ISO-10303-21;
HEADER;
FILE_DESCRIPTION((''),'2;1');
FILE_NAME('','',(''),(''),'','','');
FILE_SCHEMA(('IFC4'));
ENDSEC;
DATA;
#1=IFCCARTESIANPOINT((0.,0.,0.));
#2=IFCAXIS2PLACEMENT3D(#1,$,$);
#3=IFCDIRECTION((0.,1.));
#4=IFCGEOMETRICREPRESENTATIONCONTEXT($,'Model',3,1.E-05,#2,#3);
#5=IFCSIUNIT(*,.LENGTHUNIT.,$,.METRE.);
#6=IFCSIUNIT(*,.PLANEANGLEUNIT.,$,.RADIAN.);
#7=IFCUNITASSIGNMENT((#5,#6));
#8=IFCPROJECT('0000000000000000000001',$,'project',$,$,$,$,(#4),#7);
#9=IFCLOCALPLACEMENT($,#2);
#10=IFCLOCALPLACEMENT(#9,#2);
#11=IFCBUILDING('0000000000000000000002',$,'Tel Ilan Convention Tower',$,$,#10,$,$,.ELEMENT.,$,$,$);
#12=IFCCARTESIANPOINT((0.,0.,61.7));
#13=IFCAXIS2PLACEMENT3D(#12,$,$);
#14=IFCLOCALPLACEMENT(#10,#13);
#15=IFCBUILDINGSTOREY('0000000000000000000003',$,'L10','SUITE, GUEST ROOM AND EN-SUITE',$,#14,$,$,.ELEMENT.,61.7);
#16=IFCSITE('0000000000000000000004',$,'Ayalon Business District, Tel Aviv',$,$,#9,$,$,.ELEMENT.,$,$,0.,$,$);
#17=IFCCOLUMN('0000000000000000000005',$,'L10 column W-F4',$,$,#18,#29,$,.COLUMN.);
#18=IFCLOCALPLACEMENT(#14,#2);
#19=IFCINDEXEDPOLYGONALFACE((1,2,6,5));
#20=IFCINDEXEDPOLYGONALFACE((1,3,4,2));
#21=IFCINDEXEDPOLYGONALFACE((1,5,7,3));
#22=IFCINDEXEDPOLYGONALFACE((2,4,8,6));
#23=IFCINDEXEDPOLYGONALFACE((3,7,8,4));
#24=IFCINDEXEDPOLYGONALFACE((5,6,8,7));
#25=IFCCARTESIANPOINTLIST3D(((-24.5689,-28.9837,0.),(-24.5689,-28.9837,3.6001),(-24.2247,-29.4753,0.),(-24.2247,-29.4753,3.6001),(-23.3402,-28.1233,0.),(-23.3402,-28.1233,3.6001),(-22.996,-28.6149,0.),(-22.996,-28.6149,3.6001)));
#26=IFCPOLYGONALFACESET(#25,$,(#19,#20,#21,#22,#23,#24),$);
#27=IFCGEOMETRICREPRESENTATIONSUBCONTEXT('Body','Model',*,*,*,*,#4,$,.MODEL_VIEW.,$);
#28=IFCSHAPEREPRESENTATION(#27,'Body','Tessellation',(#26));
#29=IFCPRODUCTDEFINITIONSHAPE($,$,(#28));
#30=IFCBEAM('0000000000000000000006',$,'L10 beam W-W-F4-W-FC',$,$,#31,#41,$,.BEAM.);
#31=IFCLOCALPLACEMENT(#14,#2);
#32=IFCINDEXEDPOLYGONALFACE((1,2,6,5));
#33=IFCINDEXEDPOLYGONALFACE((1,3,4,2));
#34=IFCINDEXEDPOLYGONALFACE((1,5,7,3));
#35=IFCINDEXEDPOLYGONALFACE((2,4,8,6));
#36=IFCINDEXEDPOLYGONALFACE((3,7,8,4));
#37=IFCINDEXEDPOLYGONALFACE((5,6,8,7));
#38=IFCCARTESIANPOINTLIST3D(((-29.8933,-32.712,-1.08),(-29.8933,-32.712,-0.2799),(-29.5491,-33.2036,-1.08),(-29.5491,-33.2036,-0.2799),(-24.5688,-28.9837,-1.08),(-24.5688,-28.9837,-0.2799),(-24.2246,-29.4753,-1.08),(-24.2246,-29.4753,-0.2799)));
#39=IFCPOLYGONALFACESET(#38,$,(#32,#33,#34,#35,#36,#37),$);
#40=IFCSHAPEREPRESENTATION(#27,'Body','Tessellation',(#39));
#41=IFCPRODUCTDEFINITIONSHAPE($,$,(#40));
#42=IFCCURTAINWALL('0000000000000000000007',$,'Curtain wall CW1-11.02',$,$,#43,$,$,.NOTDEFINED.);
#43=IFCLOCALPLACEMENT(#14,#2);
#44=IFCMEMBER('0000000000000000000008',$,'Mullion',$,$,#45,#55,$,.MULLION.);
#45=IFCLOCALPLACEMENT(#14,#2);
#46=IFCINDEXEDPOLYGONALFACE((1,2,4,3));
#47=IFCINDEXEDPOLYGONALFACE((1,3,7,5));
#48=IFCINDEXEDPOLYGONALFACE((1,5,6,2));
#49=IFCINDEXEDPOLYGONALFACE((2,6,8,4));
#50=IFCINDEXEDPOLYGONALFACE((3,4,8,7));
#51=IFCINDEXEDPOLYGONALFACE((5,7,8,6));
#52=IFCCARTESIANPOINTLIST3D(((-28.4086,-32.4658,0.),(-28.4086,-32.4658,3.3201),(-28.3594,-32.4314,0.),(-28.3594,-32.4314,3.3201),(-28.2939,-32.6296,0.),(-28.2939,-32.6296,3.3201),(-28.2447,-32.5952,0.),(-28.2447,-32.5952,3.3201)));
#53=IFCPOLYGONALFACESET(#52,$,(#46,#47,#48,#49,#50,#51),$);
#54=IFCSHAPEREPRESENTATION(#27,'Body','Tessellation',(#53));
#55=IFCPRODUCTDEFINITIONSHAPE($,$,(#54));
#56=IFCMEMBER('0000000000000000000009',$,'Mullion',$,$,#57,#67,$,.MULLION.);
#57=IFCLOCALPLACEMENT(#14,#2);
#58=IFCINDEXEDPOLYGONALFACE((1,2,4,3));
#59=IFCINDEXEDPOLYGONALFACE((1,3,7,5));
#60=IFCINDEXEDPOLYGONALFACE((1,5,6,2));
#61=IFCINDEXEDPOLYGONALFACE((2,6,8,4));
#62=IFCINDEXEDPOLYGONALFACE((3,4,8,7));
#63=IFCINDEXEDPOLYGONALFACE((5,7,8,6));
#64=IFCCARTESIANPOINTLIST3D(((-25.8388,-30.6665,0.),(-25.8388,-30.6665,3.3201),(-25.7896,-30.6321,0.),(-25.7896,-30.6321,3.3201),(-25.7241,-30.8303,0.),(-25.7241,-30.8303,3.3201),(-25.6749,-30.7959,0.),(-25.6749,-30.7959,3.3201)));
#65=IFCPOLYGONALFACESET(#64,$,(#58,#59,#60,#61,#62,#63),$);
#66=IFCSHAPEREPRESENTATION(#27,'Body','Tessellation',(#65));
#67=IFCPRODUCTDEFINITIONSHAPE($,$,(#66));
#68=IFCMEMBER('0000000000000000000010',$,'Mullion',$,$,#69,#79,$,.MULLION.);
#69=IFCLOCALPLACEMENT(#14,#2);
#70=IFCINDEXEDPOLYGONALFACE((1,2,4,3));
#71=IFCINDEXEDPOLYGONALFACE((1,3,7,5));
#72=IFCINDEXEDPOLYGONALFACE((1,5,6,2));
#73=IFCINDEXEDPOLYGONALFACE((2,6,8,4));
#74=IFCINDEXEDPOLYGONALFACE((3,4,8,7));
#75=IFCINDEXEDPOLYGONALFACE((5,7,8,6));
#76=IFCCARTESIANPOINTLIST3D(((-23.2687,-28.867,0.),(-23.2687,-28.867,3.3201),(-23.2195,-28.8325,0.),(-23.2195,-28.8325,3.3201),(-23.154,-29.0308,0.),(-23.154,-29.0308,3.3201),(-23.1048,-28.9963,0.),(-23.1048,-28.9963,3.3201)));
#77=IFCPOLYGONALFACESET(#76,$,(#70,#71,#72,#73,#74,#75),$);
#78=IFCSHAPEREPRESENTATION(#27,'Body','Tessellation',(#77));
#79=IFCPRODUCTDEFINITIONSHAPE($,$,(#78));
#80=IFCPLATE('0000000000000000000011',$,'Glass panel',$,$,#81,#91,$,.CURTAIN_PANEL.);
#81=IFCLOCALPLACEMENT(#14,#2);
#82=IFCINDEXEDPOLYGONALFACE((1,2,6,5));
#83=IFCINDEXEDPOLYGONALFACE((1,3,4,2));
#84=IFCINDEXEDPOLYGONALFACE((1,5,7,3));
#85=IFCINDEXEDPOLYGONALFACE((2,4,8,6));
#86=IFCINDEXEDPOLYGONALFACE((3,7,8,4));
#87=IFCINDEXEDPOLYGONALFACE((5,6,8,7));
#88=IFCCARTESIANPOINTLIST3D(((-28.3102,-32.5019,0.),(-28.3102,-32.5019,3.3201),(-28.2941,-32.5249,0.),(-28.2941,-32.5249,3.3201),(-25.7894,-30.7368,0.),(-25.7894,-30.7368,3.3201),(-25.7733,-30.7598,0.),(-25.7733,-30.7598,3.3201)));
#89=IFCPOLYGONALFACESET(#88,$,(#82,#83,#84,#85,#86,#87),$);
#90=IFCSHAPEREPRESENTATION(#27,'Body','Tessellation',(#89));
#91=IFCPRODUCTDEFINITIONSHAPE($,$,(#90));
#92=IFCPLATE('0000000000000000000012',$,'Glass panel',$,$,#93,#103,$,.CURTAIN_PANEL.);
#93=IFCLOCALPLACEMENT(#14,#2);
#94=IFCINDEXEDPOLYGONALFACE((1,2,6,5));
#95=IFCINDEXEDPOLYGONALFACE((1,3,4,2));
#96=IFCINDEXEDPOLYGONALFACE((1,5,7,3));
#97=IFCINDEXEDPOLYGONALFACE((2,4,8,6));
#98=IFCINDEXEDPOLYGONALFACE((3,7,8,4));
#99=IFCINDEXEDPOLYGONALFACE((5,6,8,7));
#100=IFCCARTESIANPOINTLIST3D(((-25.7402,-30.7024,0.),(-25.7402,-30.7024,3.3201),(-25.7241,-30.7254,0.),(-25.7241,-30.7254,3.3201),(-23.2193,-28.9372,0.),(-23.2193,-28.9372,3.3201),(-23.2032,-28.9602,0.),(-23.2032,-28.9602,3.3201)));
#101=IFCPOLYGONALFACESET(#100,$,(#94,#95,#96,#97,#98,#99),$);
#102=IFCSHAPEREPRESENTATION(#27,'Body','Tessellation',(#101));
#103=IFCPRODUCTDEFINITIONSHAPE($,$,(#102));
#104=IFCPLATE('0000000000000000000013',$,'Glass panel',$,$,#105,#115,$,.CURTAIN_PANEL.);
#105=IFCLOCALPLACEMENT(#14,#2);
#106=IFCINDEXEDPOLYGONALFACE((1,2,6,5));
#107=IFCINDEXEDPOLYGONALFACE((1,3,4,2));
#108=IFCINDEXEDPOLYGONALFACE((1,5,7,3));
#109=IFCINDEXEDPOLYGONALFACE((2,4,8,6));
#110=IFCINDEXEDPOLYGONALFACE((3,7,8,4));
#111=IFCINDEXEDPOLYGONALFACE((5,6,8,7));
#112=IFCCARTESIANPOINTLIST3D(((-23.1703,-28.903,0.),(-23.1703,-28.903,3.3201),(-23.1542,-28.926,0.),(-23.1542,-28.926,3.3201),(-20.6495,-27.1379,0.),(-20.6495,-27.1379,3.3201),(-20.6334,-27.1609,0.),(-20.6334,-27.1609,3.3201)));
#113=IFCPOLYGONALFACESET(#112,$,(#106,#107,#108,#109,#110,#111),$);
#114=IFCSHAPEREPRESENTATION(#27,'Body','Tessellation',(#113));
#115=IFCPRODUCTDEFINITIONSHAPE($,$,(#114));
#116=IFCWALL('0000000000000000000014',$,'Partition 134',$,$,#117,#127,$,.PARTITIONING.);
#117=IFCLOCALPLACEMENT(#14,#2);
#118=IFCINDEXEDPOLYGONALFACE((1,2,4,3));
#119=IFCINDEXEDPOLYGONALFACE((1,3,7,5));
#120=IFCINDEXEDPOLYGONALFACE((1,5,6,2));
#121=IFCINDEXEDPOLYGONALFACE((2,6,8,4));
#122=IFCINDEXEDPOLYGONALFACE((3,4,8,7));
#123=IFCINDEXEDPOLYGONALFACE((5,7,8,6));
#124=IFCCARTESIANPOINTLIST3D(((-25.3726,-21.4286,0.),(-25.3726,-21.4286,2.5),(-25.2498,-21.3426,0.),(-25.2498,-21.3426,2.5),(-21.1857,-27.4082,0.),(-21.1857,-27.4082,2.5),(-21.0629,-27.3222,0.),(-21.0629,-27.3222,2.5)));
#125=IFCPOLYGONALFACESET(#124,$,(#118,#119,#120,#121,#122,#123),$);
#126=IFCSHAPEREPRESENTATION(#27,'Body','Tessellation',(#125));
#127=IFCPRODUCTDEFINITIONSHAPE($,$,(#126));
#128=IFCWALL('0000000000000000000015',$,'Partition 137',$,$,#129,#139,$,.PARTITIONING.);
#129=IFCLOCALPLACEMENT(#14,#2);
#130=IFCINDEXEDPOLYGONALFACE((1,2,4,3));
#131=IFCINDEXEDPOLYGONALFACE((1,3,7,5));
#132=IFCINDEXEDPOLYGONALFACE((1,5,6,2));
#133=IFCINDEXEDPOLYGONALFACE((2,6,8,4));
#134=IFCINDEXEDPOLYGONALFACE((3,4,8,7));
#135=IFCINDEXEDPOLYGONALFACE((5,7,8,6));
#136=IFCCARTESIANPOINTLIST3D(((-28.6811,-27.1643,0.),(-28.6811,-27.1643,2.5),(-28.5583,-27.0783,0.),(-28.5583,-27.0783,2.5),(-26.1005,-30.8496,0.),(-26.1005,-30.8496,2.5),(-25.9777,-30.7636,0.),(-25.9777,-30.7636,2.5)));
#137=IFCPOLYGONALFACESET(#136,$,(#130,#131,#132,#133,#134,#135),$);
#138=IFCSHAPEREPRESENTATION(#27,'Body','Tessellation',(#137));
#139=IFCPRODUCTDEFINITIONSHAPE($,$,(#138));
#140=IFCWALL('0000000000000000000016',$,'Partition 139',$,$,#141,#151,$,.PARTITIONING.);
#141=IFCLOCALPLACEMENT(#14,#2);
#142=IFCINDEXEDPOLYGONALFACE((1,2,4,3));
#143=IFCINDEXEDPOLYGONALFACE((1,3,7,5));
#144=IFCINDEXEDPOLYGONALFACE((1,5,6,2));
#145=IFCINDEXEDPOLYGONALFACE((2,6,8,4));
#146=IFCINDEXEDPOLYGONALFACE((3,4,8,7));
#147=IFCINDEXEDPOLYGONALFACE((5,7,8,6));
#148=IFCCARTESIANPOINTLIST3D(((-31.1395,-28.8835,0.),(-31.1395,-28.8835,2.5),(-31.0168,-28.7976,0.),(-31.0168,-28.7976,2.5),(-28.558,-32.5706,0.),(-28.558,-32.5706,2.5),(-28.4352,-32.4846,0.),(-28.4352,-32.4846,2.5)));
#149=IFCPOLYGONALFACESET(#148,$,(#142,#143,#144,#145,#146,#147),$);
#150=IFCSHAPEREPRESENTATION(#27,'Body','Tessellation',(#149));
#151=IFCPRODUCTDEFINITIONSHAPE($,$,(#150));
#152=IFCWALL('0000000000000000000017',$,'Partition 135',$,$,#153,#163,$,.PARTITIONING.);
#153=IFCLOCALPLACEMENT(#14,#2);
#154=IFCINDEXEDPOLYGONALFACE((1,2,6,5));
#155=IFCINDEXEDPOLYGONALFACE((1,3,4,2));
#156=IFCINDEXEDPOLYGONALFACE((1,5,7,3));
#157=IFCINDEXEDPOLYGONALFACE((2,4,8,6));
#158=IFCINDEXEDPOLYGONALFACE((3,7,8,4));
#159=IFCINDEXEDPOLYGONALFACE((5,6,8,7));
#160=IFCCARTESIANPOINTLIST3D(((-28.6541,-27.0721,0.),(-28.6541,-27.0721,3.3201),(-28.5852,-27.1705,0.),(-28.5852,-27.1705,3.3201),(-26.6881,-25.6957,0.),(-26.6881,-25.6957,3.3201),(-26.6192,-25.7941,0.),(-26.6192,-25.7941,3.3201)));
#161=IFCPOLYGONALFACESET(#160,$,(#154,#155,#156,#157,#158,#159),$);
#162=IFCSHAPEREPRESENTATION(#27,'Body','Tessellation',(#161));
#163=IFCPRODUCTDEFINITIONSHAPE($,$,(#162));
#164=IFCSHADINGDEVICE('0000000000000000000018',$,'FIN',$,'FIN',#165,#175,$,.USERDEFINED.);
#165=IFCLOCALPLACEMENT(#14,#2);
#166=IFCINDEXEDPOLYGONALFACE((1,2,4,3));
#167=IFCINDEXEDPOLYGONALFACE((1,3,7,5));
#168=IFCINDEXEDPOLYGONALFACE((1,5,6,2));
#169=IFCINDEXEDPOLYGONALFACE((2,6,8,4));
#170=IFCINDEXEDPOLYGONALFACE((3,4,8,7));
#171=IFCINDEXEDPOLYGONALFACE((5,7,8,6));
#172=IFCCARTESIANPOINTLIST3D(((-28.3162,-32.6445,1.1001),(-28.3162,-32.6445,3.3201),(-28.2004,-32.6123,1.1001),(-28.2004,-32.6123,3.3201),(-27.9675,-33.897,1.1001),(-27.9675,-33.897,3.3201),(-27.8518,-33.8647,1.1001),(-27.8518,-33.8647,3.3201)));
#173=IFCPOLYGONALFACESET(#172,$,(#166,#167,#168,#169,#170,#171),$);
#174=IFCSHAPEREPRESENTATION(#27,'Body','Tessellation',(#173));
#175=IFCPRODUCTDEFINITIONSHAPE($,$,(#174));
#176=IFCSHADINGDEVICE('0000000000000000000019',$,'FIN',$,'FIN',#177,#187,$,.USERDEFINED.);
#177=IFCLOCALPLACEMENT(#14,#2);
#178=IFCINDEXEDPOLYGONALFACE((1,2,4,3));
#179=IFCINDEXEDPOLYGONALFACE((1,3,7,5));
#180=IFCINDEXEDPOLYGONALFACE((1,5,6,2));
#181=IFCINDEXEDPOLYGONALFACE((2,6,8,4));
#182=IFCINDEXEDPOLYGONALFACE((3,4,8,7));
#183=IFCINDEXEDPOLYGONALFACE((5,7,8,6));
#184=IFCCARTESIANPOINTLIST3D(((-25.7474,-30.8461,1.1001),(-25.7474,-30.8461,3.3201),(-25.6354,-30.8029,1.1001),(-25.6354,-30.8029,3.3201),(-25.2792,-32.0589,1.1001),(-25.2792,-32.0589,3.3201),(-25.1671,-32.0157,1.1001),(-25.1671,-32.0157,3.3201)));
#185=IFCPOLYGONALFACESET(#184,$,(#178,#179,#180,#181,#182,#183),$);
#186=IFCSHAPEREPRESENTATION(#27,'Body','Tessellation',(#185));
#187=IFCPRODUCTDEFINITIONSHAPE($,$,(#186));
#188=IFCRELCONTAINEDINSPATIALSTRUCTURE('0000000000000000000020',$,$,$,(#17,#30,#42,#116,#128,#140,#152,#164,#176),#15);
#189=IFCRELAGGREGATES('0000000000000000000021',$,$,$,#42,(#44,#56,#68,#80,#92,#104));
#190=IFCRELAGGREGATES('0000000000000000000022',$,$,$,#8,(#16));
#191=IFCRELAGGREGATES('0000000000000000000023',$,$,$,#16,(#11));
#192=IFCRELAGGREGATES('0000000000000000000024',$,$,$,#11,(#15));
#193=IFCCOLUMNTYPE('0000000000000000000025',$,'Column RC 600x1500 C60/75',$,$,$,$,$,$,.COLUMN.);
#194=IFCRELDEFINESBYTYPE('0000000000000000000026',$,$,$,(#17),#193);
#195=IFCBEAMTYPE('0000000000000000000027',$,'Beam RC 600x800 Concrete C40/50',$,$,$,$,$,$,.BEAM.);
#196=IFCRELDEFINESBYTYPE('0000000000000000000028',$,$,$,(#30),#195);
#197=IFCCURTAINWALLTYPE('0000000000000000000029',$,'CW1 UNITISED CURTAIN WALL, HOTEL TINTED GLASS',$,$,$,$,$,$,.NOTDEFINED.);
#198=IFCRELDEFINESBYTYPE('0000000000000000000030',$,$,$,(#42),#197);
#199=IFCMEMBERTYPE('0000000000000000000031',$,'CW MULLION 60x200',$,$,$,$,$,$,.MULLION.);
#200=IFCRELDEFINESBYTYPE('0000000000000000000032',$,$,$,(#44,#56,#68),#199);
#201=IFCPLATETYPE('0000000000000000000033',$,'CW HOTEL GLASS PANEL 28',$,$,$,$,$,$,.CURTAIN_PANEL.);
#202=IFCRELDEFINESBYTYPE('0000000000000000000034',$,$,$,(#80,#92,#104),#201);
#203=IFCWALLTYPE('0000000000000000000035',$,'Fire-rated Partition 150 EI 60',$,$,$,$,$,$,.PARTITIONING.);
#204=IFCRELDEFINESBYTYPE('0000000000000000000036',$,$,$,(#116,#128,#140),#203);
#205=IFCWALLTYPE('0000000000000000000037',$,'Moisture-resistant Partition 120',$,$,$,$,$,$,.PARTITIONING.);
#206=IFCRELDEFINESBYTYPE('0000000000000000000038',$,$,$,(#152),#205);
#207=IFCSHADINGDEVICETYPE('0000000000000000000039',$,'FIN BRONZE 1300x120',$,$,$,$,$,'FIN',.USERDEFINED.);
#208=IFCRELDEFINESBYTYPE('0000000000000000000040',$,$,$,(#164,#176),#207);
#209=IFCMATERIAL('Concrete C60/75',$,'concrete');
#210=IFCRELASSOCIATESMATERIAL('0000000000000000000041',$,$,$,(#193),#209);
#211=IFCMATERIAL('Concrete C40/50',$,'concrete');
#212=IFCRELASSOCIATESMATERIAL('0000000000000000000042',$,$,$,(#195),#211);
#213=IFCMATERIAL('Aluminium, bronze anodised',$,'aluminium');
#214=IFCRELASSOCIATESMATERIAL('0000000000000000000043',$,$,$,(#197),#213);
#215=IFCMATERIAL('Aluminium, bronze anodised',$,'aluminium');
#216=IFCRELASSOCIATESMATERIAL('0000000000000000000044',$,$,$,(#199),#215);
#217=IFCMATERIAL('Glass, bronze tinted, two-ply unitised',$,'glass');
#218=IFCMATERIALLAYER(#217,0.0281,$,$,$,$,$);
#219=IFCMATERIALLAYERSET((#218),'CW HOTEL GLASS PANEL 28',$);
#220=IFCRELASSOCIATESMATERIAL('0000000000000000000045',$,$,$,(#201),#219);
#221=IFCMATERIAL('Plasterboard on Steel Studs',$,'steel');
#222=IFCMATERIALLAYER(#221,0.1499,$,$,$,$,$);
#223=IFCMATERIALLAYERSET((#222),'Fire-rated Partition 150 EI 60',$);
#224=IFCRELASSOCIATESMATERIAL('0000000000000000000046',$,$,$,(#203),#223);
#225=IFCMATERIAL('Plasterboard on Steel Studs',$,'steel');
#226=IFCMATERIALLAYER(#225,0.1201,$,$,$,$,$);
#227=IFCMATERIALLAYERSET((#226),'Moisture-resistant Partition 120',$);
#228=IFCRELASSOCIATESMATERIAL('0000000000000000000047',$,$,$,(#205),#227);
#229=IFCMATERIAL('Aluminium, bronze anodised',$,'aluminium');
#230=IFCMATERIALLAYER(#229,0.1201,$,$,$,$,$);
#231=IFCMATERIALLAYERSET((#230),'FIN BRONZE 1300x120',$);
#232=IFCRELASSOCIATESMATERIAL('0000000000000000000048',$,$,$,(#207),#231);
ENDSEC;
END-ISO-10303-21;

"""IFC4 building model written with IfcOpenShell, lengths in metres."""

from ifc_helpers import new_model, si_unit, direction, frame, frame_2d, origin, origin_2d, place, context, subcontext, project, spatial, rectangle, extrude, material, layer, layer_set, material_profile, profile_set, type_object, element, aggregate, save


model = new_model("IFC4")

# Units and contexts
model_context = context("Model", 3, precision=1e-05, world=origin(), true_north=direction((0.0, 1.0)))
body_context = subcontext(model_context, "Body", "Model", "MODEL_VIEW")
ifc_project = project(units=[si_unit("LENGTHUNIT", "METRE"), si_unit("PLANEANGLEUNIT", "RADIAN")], contexts=[model_context])

# Site, building, storey
site_placement = place(None, origin())
site = spatial("IfcSite", under=ifc_project, at=site_placement, Name="Ayalon Business District, Tel Aviv", CompositionType="ELEMENT", RefElevation=0.0)
building_placement = place(site_placement, origin())
building = spatial("IfcBuilding", under=site, at=building_placement, Name="Tel Ilan Convention Tower", CompositionType="ELEMENT")
storey_placement = place(building_placement, frame((0.0, 0.0, 61.7)))
storey = spatial("IfcBuildingStorey", under=building, at=storey_placement, Name="L10", Description="SUITE, GUEST ROOM AND EN-SUITE", CompositionType="ELEMENT", Elevation=61.7)

# Column
ifc_material_1 = material(Name="Concrete C60/75", Category="concrete")
ifc_material_profile_1 = material_profile(ifc_material_1, rectangle(XDim=1.5, YDim=0.6001, at=origin_2d()), Name="RC 600x1500")
ifc_profile_set_1 = profile_set([ifc_material_profile_1], Name="Concrete C60/75")
column_type = type_object("IfcColumnType", Name="Column RC 600x1500 C60/75", PredefinedType="COLUMN", material=ifc_profile_set_1)
column_placement = place(storey_placement, frame((-23.7825, -28.7993, 0.0), z_axis=(0.0, 0.0, 1.0), x_axis=(-0.819152, -0.573576, 0.0)))
element("IfcColumn", 1, at=column_placement, inside=storey, type_object=column_type, Name="L10 column W-F4", PredefinedType="COLUMN", context=body_context, shape_type="SweptSolid", body=[
    extrude(rectangle(XDim=1.5, YDim=0.6001, at=origin_2d()), origin(), (0.0, 0.0, 1.0), 3.6001),
])

# Beam
ifc_material_2 = material(Name="Concrete C40/50", Category="concrete")
ifc_material_profile_2 = material_profile(ifc_material_2, rectangle(XDim=0.6001, YDim=0.8, at=origin_2d()), Name="RC 600x800")
ifc_profile_set_2 = profile_set([ifc_material_profile_2], Name="Concrete C40/50")
beam_type = type_object("IfcBeamType", Name="Beam RC 600x800 Concrete C40/50", PredefinedType="BEAM", material=ifc_profile_set_2)
beam_placement = place(storey_placement, frame((-24.3967, -29.2295, -0.6799), z_axis=(-0.819149, -0.573581, 0.0), x_axis=(0.573581, -0.819149, 0.0)))
element("IfcBeam", 2, at=beam_placement, inside=storey, type_object=beam_type, Name="L10 beam W-W-F4-W-FC", PredefinedType="BEAM", context=body_context, shape_type="SweptSolid", body=[
    extrude(rectangle(XDim=0.6001, YDim=0.8, at=origin_2d()), origin(), (0.0, 0.0, 1.0), 6.5),
])

# Curtain wall, members, plates
ifc_material_3 = material(Name="Aluminium, bronze anodised", Category="aluminium")
curtain_wall_type = type_object("IfcCurtainWallType", Name="CW1 UNITISED CURTAIN WALL, HOTEL TINTED GLASS", PredefinedType="NOTDEFINED", material=ifc_material_3)
curtain_wall_placement = place(storey_placement, origin())
curtain_wall = element("IfcCurtainWall", 3, at=curtain_wall_placement, inside=storey, type_object=curtain_wall_type, Name="Curtain wall CW1-11.02", PredefinedType="NOTDEFINED")
ifc_material_4 = material(Name="Aluminium, bronze anodised", Category="aluminium")
ifc_material_profile_3 = material_profile(ifc_material_4, rectangle(XDim=0.0601, YDim=0.2, at=origin_2d()), Name="CW MULLION 60x200")
ifc_profile_set_3 = profile_set([ifc_material_profile_3], Name="Aluminium, bronze anodised")
member_type = type_object("IfcMemberType", Name="CW MULLION 60x200", PredefinedType="MULLION", material=ifc_profile_set_3)
member_1_placement = place(storey_placement, frame((-28.3267, -32.5305, 0.0), z_axis=(0.0, 0.0, 1.0), x_axis=(0.819152, 0.573576, 0.0)))
member_1 = element("IfcMember", 4, at=member_1_placement, type_object=member_type, Name="Mullion", PredefinedType="MULLION", context=body_context, shape_type="SweptSolid", body=[
    extrude(rectangle(XDim=0.0601, YDim=0.2, at=origin_2d()), origin(), (0.0, 0.0, 1.0), 3.3201),
])
member_2_placement = place(storey_placement, frame((-25.7568, -30.7312, 0.0), z_axis=(0.0, 0.0, 1.0), x_axis=(0.819152, 0.573576, 0.0)))
member_2 = element("IfcMember", 5, at=member_2_placement, type_object=member_type, Name="Mullion", PredefinedType="MULLION", context=body_context, shape_type="SweptSolid", body=[
    extrude(rectangle(XDim=0.0601, YDim=0.2, at=origin_2d()), origin(), (0.0, 0.0, 1.0), 3.3201),
])
member_3_placement = place(storey_placement, frame((-23.1868, -28.9316, 0.0), z_axis=(0.0, 0.0, 1.0), x_axis=(0.819152, 0.573576, 0.0)))
member_3 = element("IfcMember", 6, at=member_3_placement, type_object=member_type, Name="Mullion", PredefinedType="MULLION", context=body_context, shape_type="SweptSolid", body=[
    extrude(rectangle(XDim=0.0601, YDim=0.2, at=origin_2d()), origin(), (0.0, 0.0, 1.0), 3.3201),
])
ifc_material_5 = material(Name="Glass, bronze tinted, two-ply unitised", Category="glass")
ifc_layer_1 = layer(ifc_material_5, 0.0281)
ifc_layer_set_1 = layer_set([ifc_layer_1], Name="CW HOTEL GLASS PANEL 28")
plate_type = type_object("IfcPlateType", Name="CW HOTEL GLASS PANEL 28", PredefinedType="CURTAIN_PANEL", material=ifc_layer_set_1)
plate_1_placement = place(storey_placement, frame((-27.0417, -31.6309, 0.0), z_axis=(0.0, 0.0, 1.0), x_axis=(0.819152, 0.573576, 0.0)))
plate_1 = element("IfcPlate", 7, at=plate_1_placement, type_object=plate_type, Name="Glass panel", PredefinedType="CURTAIN_PANEL", context=body_context, shape_type="SweptSolid", body=[
    extrude(rectangle(XDim=3.0774, YDim=0.0281, at=origin_2d()), origin(), (0.0, 0.0, 1.0), 3.3201),
])
plate_2_placement = place(storey_placement, frame((-24.4717, -29.8313, 0.0), z_axis=(0.0, 0.0, 1.0), x_axis=(0.819152, 0.573576, 0.0)))
plate_2 = element("IfcPlate", 8, at=plate_2_placement, type_object=plate_type, Name="Glass panel", PredefinedType="CURTAIN_PANEL", context=body_context, shape_type="SweptSolid", body=[
    extrude(rectangle(XDim=3.0774, YDim=0.0281, at=origin_2d()), origin(), (0.0, 0.0, 1.0), 3.3201),
])
plate_3_placement = place(storey_placement, frame((-21.9019, -28.032, 0.0), z_axis=(0.0, 0.0, 1.0), x_axis=(0.819152, 0.573576, 0.0)))
plate_3 = element("IfcPlate", 9, at=plate_3_placement, type_object=plate_type, Name="Glass panel", PredefinedType="CURTAIN_PANEL", context=body_context, shape_type="SweptSolid", body=[
    extrude(rectangle(XDim=3.0774, YDim=0.0281, at=origin_2d()), origin(), (0.0, 0.0, 1.0), 3.3201),
])
aggregate(curtain_wall, [member_1, member_2, member_3, plate_1, plate_2, plate_3])

# Walls
ifc_material_6 = material(Name="Plasterboard on Steel Studs", Category="steel")
ifc_layer_2 = layer(ifc_material_6, 0.1499)
ifc_layer_set_2 = layer_set([ifc_layer_2], Name="Fire-rated Partition 150 EI 60")
wall_type_1 = type_object("IfcWallType", Name="Fire-rated Partition 150 EI 60", PredefinedType="PARTITIONING", material=ifc_layer_set_2)
wall_1_placement = place(storey_placement, frame((-21.1243, -27.3652, 0.0), z_axis=(0.0, 0.0, 1.0), x_axis=(-0.573572, 0.819155, 0.0)))
element("IfcWall", 10, at=wall_1_placement, inside=storey, type_object=wall_type_1, Name="Partition 134", PredefinedType="PARTITIONING", context=body_context, shape_type="SweptSolid", body=[
    extrude(rectangle(XDim=7.2998, YDim=0.1499, at=frame_2d((3.6499, 0.0))), origin(), (0.0, 0.0, 1.0), 2.5),
])
wall_2_placement = place(storey_placement, frame((-26.0391, -30.8066, 0.0), z_axis=(0.0, 0.0, 1.0), x_axis=(-0.57359, 0.819143, 0.0)))
element("IfcWall", 11, at=wall_2_placement, inside=storey, type_object=wall_type_1, Name="Partition 137", PredefinedType="PARTITIONING", context=body_context, shape_type="SweptSolid", body=[
    extrude(rectangle(XDim=4.499, YDim=0.1499, at=frame_2d((2.2495, 0.0))), origin(), (0.0, 0.0, 1.0), 2.5),
])
wall_3_placement = place(storey_placement, frame((-28.4966, -32.5276, 0.0), z_axis=(0.0, 0.0, 1.0), x_axis=(-0.573557, 0.819166, 0.0)))
element("IfcWall", 12, at=wall_3_placement, inside=storey, type_object=wall_type_1, Name="Partition 139", PredefinedType="PARTITIONING", context=body_context, shape_type="SweptSolid", body=[
    extrude(rectangle(XDim=4.501, YDim=0.1499, at=frame_2d((2.2505, 0.0))), origin(), (0.0, 0.0, 1.0), 2.5),
])
ifc_material_7 = material(Name="Plasterboard on Steel Studs", Category="steel")
ifc_layer_3 = layer(ifc_material_7, 0.1201)
ifc_layer_set_3 = layer_set([ifc_layer_3], Name="Moisture-resistant Partition 120")
wall_type_2 = type_object("IfcWallType", Name="Moisture-resistant Partition 120", PredefinedType="PARTITIONING", material=ifc_layer_set_3)
wall_4_placement = place(storey_placement, frame((-28.6196, -27.1213, 0.0), z_axis=(0.0, 0.0, 1.0), x_axis=(0.819189, 0.573524, 0.0)))
element("IfcWall", 13, at=wall_4_placement, inside=storey, type_object=wall_type_2, Name="Partition 135", PredefinedType="PARTITIONING", context=body_context, shape_type="SweptSolid", body=[
    extrude(rectangle(XDim=2.3999, YDim=0.1201, at=frame_2d((1.2, 0.0))), origin(), (0.0, 0.0, 1.0), 3.3201),
])

# Shading devices
ifc_material_8 = material(Name="Aluminium, bronze anodised", Category="aluminium")
ifc_layer_4 = layer(ifc_material_8, 0.1201)
ifc_layer_set_4 = layer_set([ifc_layer_4], Name="FIN BRONZE 1300x120")
shading_device_type = type_object("IfcShadingDeviceType", Name="FIN BRONZE 1300x120", ElementType="FIN", PredefinedType="USERDEFINED", material=ifc_layer_set_4)
for number, where, z_axis, x_axis, name in (
    (14, (-28.084, -33.2546, 1.1001), (0.0, 0.0, 1.0), (0.268173, -0.963371, 0.0), "FIN"),
    (15, (-25.4573, -31.4309, 1.1001), (0.0, 0.0, 1.0), (0.360178, -0.932884, 0.0), "FIN"),
):
    element("IfcShadingDevice", number, at=place(storey_placement, frame(where, z_axis=z_axis, x_axis=x_axis)), inside=storey, type_object=shading_device_type, Name=name, ObjectType="FIN", PredefinedType="USERDEFINED", context=body_context, shape_type="SweptSolid", body=[
        extrude(rectangle(XDim=1.3, YDim=0.1201, at=origin_2d()), origin(), (0.0, 0.0, 1.0), 2.22),
    ])

save(model, "model.ifc")
